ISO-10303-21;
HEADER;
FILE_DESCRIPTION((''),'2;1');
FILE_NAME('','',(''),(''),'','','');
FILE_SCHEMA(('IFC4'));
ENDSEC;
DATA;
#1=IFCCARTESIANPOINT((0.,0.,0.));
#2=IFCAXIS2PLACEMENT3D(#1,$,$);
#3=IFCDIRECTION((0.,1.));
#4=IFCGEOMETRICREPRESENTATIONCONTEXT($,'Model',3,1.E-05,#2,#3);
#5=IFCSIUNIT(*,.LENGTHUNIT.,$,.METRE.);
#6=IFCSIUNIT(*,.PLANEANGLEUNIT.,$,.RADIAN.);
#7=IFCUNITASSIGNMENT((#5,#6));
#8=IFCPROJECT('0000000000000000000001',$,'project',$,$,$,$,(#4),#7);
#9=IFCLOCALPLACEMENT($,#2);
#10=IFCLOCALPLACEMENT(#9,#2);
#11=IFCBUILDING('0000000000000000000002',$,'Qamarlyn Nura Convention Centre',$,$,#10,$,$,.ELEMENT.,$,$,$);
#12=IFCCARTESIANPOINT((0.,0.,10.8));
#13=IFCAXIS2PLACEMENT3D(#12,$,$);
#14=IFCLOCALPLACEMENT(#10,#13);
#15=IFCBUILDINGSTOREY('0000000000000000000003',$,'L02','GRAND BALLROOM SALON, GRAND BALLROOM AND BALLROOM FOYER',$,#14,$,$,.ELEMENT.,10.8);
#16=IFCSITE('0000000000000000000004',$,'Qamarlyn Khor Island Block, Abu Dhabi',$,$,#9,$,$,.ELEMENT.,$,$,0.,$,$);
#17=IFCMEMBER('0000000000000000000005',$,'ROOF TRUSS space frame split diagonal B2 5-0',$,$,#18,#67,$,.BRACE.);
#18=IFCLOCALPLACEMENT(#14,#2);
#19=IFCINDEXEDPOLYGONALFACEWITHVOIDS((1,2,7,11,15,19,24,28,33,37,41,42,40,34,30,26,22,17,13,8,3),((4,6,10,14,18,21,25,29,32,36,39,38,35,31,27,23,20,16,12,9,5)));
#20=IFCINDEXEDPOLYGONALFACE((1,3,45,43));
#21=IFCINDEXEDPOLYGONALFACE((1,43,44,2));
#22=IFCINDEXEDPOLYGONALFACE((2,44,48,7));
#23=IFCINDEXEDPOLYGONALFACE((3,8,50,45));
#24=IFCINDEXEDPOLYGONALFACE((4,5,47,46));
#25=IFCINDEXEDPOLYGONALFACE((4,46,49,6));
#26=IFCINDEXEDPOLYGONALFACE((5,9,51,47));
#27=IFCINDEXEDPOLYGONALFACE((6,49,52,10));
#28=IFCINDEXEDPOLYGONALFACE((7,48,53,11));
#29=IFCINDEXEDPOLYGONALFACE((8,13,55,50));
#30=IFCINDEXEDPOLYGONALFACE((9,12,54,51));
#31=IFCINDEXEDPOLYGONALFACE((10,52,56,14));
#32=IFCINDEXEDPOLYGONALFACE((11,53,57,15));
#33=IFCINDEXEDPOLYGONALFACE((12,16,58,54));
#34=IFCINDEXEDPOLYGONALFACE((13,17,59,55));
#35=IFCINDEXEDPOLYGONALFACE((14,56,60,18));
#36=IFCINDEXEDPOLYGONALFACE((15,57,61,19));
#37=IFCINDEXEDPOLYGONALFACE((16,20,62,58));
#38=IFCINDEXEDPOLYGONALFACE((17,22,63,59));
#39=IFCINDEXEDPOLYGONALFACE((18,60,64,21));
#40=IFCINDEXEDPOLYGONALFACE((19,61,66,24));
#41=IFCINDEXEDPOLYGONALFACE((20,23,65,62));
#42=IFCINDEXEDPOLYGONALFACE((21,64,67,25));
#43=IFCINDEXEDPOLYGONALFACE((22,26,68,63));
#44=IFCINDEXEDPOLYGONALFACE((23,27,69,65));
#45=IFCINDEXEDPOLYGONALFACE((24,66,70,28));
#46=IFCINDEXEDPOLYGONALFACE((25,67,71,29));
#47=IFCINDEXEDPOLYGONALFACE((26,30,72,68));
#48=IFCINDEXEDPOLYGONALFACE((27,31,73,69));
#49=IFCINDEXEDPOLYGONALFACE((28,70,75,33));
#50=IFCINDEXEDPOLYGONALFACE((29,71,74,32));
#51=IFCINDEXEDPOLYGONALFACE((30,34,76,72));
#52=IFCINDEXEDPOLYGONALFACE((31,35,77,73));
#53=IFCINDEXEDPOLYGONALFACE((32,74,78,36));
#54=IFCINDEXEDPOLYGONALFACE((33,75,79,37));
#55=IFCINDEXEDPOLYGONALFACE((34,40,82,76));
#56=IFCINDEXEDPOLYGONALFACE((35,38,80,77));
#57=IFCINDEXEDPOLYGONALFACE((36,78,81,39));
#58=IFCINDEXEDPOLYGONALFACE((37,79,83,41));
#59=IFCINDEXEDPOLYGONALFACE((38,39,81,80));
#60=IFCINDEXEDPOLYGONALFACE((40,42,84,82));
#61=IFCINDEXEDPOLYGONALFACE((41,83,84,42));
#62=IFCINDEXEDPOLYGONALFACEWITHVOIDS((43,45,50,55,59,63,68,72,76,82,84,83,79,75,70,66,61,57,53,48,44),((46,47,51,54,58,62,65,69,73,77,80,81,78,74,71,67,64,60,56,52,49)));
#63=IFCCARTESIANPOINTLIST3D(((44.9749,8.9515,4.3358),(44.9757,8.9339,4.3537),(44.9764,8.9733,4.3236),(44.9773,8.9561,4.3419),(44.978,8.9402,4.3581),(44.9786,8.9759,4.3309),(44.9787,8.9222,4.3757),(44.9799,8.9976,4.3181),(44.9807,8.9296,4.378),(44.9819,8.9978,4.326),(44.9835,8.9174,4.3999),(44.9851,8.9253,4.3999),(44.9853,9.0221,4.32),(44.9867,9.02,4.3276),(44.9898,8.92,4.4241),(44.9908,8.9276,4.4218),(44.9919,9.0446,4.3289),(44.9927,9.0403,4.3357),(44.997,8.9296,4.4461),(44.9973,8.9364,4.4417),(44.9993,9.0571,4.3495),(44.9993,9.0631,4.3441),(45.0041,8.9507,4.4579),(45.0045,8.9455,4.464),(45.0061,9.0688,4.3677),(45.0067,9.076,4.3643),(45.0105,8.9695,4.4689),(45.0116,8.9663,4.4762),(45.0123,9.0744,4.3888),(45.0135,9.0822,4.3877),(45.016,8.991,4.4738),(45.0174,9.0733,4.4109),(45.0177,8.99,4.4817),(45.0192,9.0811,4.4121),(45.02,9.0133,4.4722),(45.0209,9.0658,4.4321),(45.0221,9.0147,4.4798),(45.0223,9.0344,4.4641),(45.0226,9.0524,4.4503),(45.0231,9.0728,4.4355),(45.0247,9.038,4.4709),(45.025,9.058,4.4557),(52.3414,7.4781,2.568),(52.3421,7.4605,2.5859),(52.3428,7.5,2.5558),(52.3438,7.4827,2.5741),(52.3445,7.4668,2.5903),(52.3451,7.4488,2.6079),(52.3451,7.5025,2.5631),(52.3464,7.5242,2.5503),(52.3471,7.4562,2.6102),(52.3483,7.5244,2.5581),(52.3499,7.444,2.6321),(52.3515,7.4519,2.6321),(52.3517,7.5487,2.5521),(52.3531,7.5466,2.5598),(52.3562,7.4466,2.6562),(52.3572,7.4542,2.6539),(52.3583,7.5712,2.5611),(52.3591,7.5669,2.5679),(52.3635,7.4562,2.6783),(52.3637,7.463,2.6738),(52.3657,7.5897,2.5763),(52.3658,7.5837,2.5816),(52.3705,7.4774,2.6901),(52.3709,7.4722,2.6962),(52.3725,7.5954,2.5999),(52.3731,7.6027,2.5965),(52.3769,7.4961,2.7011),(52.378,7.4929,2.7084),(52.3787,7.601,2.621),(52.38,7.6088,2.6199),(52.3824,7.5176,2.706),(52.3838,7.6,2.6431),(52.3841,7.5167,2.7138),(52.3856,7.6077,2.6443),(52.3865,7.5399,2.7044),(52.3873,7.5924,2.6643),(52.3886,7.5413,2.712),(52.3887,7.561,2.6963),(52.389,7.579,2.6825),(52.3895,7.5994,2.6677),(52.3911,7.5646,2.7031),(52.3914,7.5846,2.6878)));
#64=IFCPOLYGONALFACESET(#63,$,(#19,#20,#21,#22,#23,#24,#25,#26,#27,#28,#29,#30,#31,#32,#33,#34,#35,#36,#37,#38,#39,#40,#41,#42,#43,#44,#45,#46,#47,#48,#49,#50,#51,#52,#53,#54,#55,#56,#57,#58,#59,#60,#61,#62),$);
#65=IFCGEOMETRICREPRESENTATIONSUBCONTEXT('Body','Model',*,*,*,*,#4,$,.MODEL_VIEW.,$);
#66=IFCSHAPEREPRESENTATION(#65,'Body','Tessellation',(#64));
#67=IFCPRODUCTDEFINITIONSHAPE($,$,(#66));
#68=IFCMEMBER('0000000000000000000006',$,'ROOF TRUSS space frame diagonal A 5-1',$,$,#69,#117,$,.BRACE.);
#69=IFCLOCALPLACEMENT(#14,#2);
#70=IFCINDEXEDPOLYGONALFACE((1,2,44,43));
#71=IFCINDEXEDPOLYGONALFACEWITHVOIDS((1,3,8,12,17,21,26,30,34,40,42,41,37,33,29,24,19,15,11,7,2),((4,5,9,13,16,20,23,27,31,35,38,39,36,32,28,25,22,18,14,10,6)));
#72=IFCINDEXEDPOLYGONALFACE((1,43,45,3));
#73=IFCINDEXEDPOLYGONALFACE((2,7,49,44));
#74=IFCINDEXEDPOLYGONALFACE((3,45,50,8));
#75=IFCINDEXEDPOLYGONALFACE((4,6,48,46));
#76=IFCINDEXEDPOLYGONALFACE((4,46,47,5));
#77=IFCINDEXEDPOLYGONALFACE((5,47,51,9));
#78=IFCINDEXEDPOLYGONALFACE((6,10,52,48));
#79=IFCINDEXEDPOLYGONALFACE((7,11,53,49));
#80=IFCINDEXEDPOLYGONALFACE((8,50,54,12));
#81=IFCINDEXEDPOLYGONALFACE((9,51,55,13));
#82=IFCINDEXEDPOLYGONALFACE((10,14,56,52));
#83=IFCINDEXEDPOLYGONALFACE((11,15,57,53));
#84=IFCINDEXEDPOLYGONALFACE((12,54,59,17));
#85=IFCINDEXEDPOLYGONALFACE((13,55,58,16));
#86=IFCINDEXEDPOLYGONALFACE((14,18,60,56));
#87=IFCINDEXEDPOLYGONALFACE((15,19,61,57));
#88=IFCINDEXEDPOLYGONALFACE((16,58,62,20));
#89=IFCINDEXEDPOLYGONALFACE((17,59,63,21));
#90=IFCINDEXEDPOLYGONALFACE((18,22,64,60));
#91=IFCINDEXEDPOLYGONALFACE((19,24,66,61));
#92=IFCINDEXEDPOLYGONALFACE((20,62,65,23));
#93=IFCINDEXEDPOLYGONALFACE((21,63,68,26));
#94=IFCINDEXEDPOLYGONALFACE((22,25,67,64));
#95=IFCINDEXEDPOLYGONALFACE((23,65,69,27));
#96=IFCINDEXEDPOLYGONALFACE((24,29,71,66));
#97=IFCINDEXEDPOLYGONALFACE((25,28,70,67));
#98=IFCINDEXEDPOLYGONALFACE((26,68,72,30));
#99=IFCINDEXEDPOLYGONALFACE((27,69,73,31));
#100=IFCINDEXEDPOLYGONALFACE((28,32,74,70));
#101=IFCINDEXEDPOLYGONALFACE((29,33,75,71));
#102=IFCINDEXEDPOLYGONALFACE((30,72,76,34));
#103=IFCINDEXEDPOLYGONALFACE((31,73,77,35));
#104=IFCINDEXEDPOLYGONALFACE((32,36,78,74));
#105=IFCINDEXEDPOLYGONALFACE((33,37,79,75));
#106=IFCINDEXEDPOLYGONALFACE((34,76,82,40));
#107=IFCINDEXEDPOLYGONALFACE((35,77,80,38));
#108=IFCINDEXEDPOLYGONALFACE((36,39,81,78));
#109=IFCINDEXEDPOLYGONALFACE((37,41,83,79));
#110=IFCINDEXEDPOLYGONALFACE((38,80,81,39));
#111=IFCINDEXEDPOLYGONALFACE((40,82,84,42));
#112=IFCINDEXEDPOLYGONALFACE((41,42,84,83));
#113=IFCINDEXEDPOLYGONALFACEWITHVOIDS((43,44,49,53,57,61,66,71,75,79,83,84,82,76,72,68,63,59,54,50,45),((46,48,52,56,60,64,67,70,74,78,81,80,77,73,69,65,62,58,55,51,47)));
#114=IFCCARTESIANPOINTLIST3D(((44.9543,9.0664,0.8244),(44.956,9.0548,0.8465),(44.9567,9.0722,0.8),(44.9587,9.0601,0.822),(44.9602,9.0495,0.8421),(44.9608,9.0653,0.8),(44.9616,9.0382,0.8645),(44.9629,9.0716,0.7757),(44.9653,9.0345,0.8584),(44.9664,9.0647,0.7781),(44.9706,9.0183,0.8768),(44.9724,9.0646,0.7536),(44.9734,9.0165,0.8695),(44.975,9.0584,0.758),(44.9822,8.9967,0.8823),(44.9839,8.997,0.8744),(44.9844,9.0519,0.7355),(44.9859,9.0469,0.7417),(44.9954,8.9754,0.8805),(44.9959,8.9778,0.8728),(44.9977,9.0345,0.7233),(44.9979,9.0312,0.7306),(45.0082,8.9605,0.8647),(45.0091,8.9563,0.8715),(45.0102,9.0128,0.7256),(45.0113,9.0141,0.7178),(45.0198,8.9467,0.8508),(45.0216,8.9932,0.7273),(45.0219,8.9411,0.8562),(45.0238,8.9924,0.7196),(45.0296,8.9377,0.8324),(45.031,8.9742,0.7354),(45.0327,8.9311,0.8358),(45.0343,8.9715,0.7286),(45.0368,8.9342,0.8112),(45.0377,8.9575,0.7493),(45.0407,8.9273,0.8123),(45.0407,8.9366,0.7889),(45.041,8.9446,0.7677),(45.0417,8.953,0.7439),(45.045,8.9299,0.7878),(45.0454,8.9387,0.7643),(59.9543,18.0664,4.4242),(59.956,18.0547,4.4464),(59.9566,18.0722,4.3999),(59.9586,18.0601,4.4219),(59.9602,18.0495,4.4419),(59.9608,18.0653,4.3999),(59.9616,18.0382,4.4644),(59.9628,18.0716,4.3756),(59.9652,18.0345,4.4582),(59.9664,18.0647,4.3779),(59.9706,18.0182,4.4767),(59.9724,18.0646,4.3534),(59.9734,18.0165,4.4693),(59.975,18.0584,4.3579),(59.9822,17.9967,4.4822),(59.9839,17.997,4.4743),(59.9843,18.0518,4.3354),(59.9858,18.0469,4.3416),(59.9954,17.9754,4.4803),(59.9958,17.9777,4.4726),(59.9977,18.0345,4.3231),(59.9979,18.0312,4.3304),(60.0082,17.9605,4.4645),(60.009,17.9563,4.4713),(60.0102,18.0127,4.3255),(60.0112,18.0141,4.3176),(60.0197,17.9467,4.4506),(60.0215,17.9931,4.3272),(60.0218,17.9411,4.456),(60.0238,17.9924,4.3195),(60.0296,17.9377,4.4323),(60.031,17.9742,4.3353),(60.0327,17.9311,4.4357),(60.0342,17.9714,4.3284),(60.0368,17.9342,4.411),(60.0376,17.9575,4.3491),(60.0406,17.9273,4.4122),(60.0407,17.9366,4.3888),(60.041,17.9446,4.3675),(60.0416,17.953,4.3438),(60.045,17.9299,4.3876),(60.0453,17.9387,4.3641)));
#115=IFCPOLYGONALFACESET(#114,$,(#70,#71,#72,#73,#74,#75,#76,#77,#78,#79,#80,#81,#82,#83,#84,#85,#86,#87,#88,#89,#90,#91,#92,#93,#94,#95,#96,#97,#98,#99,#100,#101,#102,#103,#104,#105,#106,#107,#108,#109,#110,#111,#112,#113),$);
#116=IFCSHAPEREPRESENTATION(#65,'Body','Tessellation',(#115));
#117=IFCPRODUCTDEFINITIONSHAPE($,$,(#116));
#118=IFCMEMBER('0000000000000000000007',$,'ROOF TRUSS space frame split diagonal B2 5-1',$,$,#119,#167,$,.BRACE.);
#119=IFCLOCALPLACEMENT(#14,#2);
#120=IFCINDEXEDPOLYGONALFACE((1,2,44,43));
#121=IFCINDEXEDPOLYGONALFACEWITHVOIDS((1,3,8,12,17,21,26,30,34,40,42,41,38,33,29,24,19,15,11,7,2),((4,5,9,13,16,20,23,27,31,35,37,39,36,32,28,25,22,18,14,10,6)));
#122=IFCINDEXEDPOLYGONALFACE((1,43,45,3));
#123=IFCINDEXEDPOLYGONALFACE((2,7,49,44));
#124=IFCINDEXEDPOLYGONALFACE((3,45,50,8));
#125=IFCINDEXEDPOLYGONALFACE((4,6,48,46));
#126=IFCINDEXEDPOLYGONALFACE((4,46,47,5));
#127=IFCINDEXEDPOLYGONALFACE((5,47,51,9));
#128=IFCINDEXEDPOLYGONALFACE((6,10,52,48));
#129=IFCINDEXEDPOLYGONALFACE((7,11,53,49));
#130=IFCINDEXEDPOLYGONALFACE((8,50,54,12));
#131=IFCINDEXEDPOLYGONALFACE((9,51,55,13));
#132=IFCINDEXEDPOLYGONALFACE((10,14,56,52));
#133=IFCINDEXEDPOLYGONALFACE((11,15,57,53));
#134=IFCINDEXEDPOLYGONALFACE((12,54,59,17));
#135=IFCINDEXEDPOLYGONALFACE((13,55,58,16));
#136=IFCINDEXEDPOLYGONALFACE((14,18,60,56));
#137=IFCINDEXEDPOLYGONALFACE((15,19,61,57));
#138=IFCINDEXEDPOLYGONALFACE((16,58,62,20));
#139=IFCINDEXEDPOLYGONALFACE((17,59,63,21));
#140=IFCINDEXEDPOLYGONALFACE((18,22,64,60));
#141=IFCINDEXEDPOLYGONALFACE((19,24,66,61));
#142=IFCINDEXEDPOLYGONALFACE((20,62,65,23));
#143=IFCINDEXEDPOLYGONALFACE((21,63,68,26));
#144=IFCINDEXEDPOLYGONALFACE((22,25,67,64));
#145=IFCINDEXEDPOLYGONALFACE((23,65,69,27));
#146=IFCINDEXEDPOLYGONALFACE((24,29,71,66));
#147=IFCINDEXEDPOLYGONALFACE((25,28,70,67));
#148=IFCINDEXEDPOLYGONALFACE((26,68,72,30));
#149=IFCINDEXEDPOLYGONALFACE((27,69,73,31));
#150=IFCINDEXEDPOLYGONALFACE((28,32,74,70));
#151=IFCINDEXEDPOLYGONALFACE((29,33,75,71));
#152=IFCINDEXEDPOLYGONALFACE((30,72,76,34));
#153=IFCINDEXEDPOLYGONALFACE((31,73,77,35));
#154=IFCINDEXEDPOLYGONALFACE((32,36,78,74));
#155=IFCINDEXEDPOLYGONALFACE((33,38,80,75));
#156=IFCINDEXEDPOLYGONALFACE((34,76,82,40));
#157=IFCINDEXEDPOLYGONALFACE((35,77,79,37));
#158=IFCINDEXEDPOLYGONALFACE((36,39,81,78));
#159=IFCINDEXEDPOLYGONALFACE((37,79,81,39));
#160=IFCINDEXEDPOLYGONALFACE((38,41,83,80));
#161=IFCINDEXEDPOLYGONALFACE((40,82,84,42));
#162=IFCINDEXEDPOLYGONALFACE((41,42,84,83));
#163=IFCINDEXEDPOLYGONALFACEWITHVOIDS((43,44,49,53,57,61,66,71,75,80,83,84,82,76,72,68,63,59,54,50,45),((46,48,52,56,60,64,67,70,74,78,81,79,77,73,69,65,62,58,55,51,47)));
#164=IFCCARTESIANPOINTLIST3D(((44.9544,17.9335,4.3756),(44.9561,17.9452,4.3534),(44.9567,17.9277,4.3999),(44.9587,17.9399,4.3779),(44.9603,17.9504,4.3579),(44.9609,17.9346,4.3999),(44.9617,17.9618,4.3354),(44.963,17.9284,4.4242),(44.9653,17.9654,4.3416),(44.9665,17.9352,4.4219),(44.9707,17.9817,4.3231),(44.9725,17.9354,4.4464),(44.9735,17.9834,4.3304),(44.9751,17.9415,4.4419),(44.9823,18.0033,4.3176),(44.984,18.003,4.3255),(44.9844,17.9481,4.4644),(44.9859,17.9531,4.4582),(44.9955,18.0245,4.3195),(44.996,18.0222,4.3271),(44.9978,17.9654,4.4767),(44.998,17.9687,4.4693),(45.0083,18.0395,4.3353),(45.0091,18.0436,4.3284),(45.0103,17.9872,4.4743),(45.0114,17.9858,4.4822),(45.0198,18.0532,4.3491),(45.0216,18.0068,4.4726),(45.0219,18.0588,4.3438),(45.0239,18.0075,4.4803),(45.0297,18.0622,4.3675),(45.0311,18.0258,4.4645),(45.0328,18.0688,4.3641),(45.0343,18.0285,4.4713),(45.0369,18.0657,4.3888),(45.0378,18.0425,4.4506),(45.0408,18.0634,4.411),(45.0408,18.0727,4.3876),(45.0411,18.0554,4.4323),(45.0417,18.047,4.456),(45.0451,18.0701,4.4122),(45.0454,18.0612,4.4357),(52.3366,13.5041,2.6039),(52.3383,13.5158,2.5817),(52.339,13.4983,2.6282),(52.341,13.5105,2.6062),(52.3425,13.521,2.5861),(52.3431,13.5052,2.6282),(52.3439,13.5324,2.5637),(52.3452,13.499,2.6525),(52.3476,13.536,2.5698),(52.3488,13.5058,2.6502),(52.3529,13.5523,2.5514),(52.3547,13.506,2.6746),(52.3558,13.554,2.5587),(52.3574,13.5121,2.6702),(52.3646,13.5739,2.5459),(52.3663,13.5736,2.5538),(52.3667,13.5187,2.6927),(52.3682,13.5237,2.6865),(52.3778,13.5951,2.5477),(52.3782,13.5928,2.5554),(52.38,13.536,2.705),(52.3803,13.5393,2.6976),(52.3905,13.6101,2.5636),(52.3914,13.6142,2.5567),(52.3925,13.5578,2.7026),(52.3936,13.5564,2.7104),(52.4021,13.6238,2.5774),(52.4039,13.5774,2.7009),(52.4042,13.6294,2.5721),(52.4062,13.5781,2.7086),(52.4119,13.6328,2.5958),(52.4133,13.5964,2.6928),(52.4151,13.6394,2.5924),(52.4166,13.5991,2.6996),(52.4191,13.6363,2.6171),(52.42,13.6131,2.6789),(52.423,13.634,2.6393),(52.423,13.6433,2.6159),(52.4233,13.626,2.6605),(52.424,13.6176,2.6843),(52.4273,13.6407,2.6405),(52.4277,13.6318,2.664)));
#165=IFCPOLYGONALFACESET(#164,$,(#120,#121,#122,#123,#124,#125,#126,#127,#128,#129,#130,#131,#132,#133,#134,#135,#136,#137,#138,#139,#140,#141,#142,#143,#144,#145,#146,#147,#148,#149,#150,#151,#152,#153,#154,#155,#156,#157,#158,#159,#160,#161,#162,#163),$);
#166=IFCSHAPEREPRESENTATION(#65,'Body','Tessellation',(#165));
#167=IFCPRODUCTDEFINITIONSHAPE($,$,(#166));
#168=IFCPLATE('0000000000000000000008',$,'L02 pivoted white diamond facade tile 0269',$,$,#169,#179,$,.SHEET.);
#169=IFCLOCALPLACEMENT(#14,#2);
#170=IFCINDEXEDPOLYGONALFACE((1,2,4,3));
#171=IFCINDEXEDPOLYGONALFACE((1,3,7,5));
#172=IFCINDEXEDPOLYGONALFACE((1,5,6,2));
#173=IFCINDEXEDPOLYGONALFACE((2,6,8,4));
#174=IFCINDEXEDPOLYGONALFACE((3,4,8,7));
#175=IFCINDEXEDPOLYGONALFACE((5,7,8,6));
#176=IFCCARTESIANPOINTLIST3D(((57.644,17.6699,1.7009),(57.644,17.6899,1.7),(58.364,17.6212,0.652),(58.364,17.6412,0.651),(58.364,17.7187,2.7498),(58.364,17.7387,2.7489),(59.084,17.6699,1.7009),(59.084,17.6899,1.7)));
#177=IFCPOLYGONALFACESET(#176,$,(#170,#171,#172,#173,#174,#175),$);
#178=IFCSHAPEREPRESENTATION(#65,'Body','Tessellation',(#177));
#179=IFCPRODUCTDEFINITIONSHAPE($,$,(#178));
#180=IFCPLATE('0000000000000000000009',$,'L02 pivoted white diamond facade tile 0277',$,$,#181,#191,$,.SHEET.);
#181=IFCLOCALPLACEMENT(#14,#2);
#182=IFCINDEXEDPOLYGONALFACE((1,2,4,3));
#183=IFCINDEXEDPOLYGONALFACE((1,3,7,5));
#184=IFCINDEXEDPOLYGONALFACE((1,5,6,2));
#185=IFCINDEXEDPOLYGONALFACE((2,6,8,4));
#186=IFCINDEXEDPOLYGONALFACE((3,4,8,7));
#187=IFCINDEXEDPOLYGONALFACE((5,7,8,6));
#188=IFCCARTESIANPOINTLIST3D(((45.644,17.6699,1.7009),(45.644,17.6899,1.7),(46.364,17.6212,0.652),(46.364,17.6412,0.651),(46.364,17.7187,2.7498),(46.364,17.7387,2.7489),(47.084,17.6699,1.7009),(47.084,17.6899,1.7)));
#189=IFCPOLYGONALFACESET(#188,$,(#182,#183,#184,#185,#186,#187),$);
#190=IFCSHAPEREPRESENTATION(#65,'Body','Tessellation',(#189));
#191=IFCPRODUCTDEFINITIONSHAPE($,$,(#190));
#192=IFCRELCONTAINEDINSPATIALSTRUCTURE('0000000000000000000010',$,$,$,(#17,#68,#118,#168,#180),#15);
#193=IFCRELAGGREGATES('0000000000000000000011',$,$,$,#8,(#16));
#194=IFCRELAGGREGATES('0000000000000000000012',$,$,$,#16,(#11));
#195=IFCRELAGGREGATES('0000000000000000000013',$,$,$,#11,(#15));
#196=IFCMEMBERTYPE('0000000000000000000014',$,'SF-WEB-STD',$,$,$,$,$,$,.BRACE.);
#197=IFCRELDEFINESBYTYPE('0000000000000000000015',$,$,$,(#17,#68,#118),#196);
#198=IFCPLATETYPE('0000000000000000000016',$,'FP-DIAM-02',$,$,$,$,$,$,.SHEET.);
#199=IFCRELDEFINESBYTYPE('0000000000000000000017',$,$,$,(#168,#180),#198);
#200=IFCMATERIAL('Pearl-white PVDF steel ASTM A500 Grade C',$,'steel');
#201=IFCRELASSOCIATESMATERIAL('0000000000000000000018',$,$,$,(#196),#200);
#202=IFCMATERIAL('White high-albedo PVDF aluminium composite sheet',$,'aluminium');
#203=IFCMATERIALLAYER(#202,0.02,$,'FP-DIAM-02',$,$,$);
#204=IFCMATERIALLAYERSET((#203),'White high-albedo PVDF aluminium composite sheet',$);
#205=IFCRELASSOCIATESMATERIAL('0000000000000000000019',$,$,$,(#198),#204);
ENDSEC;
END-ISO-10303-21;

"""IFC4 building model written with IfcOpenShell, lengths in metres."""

from ifc_helpers import new_model, si_unit, direction, frame, origin, origin_2d, place, context, subcontext, project, spatial, polyline, hollow_circle, outline, extrude, material, layer, layer_set, material_profile, profile_set, type_object, element, save


model = new_model("IFC4")

# Units and contexts
model_context = context("Model", 3, precision=1e-05, world=origin(), true_north=direction((0.0, 1.0)))
body_context = subcontext(model_context, "Body", "Model", "MODEL_VIEW")
ifc_project = project(units=[si_unit("LENGTHUNIT", "METRE"), si_unit("PLANEANGLEUNIT", "RADIAN")], contexts=[model_context])

# Site, building, storey
site_placement = place(None, origin())
site = spatial("IfcSite", under=ifc_project, at=site_placement, Name="Qamarlyn Khor Island Block, Abu Dhabi", CompositionType="ELEMENT", RefElevation=0.0)
building_placement = place(site_placement, origin())
building = spatial("IfcBuilding", under=site, at=building_placement, Name="Qamarlyn Nura Convention Centre", CompositionType="ELEMENT")
storey_placement = place(building_placement, frame((0.0, 0.0, 10.8)))
storey = spatial("IfcBuildingStorey", under=building, at=storey_placement, Name="L02", Description="GRAND BALLROOM SALON, GRAND BALLROOM AND BALLROOM FOYER", CompositionType="ELEMENT", Elevation=10.8)

# Members
ifc_material_1 = material(Name="Pearl-white PVDF steel ASTM A500 Grade C", Category="steel")
ifc_material_profile = material_profile(ifc_material_1, hollow_circle(Radius=0.0842, WallThickness=0.0081, at=origin_2d()), Name="CHS168.3X8")
ifc_profile_set = profile_set([ifc_material_profile], Name="Pearl-white PVDF steel ASTM A500 Grade C")
member_type = type_object("IfcMemberType", Name="SF-WEB-STD", PredefinedType="BRACE", material=ifc_profile_set)
member_1_placement = place(storey_placement, frame((52.3665, 7.5266, 2.6321), z_axis=(-0.954506, 0.190914, 0.229065), x_axis=(-0.196129, -0.980578, 0.0)))
element("IfcMember", 1, at=member_1_placement, inside=storey, type_object=member_type, Name="ROOF TRUSS space frame split diagonal B2 5-0", PredefinedType="BRACE", context=body_context, shape_type="SweptSolid", body=[
    extrude(hollow_circle(Radius=0.0842, WallThickness=0.0081, at=origin_2d()), origin(), (0.0, 0.0, 1.0), 7.7175),
])
member_2_placement = place(storey_placement, frame((45.0, 9.0, 0.8), z_axis=(0.839893, 0.503936, 0.201566), x_axis=(-0.514496, 0.857493, 0.0)))
element("IfcMember", 2, at=member_2_placement, inside=storey, type_object=member_type, Name="ROOF TRUSS space frame diagonal A 5-1", PredefinedType="BRACE", context=body_context, shape_type="SweptSolid", body=[
    extrude(hollow_circle(Radius=0.0842, WallThickness=0.0081, at=origin_2d()), origin(), (0.0, 0.0, 1.0), 17.8594),
])
member_3_placement = place(storey_placement, frame((52.3823, 13.5706, 2.6282), z_axis=(-0.83989, 0.503939, 0.20157), x_axis=(-0.5145, -0.85749, 0.0)))
element("IfcMember", 3, at=member_3_placement, inside=storey, type_object=member_type, Name="ROOF TRUSS space frame split diagonal B2 5-1", PredefinedType="BRACE", context=body_context, shape_type="SweptSolid", body=[
    extrude(hollow_circle(Radius=0.0842, WallThickness=0.0081, at=origin_2d()), origin(), (0.0, 0.0, 1.0), 8.7896),
])

# Plates
ifc_material_2 = material(Name="White high-albedo PVDF aluminium composite sheet", Category="aluminium")
ifc_layer_1 = layer(ifc_material_2, 0.02, Name="FP-DIAM-02")
ifc_layer_set_1 = layer_set([ifc_layer_1], Name="White high-albedo PVDF aluminium composite sheet")
plate_type_1 = type_object("IfcPlateType", Name="FP-DIAM-02", PredefinedType="SHEET", material=ifc_layer_set_1)
for number, where, z_axis, x_axis, name in (
    (4, (58.364, 17.6899, 1.7), (0.0, -0.998923, 0.046409), (1.0, 0.0, 0.0), "L02 pivoted white diamond facade tile 0269"),
    (5, (46.364, 17.6899, 1.7), (0.0, -0.998923, 0.046409), (1.0, 0.0, 0.0), "L02 pivoted white diamond facade tile 0277"),
):
    element("IfcPlate", number, at=place(storey_placement, frame(where, z_axis=z_axis, x_axis=x_axis)), inside=storey, type_object=plate_type_1, Name=name, PredefinedType="SHEET", context=body_context, shape_type="SweptSolid", body=[
        extrude(outline(polyline([(-0.72, 0.0), (0.0, -1.05), (0.72, 0.0), (0.0, 1.05), (-0.72, 0.0)])), origin(), (0.0, 0.0, 1.0), 0.02),
    ])

save(model, "model.ifc")
